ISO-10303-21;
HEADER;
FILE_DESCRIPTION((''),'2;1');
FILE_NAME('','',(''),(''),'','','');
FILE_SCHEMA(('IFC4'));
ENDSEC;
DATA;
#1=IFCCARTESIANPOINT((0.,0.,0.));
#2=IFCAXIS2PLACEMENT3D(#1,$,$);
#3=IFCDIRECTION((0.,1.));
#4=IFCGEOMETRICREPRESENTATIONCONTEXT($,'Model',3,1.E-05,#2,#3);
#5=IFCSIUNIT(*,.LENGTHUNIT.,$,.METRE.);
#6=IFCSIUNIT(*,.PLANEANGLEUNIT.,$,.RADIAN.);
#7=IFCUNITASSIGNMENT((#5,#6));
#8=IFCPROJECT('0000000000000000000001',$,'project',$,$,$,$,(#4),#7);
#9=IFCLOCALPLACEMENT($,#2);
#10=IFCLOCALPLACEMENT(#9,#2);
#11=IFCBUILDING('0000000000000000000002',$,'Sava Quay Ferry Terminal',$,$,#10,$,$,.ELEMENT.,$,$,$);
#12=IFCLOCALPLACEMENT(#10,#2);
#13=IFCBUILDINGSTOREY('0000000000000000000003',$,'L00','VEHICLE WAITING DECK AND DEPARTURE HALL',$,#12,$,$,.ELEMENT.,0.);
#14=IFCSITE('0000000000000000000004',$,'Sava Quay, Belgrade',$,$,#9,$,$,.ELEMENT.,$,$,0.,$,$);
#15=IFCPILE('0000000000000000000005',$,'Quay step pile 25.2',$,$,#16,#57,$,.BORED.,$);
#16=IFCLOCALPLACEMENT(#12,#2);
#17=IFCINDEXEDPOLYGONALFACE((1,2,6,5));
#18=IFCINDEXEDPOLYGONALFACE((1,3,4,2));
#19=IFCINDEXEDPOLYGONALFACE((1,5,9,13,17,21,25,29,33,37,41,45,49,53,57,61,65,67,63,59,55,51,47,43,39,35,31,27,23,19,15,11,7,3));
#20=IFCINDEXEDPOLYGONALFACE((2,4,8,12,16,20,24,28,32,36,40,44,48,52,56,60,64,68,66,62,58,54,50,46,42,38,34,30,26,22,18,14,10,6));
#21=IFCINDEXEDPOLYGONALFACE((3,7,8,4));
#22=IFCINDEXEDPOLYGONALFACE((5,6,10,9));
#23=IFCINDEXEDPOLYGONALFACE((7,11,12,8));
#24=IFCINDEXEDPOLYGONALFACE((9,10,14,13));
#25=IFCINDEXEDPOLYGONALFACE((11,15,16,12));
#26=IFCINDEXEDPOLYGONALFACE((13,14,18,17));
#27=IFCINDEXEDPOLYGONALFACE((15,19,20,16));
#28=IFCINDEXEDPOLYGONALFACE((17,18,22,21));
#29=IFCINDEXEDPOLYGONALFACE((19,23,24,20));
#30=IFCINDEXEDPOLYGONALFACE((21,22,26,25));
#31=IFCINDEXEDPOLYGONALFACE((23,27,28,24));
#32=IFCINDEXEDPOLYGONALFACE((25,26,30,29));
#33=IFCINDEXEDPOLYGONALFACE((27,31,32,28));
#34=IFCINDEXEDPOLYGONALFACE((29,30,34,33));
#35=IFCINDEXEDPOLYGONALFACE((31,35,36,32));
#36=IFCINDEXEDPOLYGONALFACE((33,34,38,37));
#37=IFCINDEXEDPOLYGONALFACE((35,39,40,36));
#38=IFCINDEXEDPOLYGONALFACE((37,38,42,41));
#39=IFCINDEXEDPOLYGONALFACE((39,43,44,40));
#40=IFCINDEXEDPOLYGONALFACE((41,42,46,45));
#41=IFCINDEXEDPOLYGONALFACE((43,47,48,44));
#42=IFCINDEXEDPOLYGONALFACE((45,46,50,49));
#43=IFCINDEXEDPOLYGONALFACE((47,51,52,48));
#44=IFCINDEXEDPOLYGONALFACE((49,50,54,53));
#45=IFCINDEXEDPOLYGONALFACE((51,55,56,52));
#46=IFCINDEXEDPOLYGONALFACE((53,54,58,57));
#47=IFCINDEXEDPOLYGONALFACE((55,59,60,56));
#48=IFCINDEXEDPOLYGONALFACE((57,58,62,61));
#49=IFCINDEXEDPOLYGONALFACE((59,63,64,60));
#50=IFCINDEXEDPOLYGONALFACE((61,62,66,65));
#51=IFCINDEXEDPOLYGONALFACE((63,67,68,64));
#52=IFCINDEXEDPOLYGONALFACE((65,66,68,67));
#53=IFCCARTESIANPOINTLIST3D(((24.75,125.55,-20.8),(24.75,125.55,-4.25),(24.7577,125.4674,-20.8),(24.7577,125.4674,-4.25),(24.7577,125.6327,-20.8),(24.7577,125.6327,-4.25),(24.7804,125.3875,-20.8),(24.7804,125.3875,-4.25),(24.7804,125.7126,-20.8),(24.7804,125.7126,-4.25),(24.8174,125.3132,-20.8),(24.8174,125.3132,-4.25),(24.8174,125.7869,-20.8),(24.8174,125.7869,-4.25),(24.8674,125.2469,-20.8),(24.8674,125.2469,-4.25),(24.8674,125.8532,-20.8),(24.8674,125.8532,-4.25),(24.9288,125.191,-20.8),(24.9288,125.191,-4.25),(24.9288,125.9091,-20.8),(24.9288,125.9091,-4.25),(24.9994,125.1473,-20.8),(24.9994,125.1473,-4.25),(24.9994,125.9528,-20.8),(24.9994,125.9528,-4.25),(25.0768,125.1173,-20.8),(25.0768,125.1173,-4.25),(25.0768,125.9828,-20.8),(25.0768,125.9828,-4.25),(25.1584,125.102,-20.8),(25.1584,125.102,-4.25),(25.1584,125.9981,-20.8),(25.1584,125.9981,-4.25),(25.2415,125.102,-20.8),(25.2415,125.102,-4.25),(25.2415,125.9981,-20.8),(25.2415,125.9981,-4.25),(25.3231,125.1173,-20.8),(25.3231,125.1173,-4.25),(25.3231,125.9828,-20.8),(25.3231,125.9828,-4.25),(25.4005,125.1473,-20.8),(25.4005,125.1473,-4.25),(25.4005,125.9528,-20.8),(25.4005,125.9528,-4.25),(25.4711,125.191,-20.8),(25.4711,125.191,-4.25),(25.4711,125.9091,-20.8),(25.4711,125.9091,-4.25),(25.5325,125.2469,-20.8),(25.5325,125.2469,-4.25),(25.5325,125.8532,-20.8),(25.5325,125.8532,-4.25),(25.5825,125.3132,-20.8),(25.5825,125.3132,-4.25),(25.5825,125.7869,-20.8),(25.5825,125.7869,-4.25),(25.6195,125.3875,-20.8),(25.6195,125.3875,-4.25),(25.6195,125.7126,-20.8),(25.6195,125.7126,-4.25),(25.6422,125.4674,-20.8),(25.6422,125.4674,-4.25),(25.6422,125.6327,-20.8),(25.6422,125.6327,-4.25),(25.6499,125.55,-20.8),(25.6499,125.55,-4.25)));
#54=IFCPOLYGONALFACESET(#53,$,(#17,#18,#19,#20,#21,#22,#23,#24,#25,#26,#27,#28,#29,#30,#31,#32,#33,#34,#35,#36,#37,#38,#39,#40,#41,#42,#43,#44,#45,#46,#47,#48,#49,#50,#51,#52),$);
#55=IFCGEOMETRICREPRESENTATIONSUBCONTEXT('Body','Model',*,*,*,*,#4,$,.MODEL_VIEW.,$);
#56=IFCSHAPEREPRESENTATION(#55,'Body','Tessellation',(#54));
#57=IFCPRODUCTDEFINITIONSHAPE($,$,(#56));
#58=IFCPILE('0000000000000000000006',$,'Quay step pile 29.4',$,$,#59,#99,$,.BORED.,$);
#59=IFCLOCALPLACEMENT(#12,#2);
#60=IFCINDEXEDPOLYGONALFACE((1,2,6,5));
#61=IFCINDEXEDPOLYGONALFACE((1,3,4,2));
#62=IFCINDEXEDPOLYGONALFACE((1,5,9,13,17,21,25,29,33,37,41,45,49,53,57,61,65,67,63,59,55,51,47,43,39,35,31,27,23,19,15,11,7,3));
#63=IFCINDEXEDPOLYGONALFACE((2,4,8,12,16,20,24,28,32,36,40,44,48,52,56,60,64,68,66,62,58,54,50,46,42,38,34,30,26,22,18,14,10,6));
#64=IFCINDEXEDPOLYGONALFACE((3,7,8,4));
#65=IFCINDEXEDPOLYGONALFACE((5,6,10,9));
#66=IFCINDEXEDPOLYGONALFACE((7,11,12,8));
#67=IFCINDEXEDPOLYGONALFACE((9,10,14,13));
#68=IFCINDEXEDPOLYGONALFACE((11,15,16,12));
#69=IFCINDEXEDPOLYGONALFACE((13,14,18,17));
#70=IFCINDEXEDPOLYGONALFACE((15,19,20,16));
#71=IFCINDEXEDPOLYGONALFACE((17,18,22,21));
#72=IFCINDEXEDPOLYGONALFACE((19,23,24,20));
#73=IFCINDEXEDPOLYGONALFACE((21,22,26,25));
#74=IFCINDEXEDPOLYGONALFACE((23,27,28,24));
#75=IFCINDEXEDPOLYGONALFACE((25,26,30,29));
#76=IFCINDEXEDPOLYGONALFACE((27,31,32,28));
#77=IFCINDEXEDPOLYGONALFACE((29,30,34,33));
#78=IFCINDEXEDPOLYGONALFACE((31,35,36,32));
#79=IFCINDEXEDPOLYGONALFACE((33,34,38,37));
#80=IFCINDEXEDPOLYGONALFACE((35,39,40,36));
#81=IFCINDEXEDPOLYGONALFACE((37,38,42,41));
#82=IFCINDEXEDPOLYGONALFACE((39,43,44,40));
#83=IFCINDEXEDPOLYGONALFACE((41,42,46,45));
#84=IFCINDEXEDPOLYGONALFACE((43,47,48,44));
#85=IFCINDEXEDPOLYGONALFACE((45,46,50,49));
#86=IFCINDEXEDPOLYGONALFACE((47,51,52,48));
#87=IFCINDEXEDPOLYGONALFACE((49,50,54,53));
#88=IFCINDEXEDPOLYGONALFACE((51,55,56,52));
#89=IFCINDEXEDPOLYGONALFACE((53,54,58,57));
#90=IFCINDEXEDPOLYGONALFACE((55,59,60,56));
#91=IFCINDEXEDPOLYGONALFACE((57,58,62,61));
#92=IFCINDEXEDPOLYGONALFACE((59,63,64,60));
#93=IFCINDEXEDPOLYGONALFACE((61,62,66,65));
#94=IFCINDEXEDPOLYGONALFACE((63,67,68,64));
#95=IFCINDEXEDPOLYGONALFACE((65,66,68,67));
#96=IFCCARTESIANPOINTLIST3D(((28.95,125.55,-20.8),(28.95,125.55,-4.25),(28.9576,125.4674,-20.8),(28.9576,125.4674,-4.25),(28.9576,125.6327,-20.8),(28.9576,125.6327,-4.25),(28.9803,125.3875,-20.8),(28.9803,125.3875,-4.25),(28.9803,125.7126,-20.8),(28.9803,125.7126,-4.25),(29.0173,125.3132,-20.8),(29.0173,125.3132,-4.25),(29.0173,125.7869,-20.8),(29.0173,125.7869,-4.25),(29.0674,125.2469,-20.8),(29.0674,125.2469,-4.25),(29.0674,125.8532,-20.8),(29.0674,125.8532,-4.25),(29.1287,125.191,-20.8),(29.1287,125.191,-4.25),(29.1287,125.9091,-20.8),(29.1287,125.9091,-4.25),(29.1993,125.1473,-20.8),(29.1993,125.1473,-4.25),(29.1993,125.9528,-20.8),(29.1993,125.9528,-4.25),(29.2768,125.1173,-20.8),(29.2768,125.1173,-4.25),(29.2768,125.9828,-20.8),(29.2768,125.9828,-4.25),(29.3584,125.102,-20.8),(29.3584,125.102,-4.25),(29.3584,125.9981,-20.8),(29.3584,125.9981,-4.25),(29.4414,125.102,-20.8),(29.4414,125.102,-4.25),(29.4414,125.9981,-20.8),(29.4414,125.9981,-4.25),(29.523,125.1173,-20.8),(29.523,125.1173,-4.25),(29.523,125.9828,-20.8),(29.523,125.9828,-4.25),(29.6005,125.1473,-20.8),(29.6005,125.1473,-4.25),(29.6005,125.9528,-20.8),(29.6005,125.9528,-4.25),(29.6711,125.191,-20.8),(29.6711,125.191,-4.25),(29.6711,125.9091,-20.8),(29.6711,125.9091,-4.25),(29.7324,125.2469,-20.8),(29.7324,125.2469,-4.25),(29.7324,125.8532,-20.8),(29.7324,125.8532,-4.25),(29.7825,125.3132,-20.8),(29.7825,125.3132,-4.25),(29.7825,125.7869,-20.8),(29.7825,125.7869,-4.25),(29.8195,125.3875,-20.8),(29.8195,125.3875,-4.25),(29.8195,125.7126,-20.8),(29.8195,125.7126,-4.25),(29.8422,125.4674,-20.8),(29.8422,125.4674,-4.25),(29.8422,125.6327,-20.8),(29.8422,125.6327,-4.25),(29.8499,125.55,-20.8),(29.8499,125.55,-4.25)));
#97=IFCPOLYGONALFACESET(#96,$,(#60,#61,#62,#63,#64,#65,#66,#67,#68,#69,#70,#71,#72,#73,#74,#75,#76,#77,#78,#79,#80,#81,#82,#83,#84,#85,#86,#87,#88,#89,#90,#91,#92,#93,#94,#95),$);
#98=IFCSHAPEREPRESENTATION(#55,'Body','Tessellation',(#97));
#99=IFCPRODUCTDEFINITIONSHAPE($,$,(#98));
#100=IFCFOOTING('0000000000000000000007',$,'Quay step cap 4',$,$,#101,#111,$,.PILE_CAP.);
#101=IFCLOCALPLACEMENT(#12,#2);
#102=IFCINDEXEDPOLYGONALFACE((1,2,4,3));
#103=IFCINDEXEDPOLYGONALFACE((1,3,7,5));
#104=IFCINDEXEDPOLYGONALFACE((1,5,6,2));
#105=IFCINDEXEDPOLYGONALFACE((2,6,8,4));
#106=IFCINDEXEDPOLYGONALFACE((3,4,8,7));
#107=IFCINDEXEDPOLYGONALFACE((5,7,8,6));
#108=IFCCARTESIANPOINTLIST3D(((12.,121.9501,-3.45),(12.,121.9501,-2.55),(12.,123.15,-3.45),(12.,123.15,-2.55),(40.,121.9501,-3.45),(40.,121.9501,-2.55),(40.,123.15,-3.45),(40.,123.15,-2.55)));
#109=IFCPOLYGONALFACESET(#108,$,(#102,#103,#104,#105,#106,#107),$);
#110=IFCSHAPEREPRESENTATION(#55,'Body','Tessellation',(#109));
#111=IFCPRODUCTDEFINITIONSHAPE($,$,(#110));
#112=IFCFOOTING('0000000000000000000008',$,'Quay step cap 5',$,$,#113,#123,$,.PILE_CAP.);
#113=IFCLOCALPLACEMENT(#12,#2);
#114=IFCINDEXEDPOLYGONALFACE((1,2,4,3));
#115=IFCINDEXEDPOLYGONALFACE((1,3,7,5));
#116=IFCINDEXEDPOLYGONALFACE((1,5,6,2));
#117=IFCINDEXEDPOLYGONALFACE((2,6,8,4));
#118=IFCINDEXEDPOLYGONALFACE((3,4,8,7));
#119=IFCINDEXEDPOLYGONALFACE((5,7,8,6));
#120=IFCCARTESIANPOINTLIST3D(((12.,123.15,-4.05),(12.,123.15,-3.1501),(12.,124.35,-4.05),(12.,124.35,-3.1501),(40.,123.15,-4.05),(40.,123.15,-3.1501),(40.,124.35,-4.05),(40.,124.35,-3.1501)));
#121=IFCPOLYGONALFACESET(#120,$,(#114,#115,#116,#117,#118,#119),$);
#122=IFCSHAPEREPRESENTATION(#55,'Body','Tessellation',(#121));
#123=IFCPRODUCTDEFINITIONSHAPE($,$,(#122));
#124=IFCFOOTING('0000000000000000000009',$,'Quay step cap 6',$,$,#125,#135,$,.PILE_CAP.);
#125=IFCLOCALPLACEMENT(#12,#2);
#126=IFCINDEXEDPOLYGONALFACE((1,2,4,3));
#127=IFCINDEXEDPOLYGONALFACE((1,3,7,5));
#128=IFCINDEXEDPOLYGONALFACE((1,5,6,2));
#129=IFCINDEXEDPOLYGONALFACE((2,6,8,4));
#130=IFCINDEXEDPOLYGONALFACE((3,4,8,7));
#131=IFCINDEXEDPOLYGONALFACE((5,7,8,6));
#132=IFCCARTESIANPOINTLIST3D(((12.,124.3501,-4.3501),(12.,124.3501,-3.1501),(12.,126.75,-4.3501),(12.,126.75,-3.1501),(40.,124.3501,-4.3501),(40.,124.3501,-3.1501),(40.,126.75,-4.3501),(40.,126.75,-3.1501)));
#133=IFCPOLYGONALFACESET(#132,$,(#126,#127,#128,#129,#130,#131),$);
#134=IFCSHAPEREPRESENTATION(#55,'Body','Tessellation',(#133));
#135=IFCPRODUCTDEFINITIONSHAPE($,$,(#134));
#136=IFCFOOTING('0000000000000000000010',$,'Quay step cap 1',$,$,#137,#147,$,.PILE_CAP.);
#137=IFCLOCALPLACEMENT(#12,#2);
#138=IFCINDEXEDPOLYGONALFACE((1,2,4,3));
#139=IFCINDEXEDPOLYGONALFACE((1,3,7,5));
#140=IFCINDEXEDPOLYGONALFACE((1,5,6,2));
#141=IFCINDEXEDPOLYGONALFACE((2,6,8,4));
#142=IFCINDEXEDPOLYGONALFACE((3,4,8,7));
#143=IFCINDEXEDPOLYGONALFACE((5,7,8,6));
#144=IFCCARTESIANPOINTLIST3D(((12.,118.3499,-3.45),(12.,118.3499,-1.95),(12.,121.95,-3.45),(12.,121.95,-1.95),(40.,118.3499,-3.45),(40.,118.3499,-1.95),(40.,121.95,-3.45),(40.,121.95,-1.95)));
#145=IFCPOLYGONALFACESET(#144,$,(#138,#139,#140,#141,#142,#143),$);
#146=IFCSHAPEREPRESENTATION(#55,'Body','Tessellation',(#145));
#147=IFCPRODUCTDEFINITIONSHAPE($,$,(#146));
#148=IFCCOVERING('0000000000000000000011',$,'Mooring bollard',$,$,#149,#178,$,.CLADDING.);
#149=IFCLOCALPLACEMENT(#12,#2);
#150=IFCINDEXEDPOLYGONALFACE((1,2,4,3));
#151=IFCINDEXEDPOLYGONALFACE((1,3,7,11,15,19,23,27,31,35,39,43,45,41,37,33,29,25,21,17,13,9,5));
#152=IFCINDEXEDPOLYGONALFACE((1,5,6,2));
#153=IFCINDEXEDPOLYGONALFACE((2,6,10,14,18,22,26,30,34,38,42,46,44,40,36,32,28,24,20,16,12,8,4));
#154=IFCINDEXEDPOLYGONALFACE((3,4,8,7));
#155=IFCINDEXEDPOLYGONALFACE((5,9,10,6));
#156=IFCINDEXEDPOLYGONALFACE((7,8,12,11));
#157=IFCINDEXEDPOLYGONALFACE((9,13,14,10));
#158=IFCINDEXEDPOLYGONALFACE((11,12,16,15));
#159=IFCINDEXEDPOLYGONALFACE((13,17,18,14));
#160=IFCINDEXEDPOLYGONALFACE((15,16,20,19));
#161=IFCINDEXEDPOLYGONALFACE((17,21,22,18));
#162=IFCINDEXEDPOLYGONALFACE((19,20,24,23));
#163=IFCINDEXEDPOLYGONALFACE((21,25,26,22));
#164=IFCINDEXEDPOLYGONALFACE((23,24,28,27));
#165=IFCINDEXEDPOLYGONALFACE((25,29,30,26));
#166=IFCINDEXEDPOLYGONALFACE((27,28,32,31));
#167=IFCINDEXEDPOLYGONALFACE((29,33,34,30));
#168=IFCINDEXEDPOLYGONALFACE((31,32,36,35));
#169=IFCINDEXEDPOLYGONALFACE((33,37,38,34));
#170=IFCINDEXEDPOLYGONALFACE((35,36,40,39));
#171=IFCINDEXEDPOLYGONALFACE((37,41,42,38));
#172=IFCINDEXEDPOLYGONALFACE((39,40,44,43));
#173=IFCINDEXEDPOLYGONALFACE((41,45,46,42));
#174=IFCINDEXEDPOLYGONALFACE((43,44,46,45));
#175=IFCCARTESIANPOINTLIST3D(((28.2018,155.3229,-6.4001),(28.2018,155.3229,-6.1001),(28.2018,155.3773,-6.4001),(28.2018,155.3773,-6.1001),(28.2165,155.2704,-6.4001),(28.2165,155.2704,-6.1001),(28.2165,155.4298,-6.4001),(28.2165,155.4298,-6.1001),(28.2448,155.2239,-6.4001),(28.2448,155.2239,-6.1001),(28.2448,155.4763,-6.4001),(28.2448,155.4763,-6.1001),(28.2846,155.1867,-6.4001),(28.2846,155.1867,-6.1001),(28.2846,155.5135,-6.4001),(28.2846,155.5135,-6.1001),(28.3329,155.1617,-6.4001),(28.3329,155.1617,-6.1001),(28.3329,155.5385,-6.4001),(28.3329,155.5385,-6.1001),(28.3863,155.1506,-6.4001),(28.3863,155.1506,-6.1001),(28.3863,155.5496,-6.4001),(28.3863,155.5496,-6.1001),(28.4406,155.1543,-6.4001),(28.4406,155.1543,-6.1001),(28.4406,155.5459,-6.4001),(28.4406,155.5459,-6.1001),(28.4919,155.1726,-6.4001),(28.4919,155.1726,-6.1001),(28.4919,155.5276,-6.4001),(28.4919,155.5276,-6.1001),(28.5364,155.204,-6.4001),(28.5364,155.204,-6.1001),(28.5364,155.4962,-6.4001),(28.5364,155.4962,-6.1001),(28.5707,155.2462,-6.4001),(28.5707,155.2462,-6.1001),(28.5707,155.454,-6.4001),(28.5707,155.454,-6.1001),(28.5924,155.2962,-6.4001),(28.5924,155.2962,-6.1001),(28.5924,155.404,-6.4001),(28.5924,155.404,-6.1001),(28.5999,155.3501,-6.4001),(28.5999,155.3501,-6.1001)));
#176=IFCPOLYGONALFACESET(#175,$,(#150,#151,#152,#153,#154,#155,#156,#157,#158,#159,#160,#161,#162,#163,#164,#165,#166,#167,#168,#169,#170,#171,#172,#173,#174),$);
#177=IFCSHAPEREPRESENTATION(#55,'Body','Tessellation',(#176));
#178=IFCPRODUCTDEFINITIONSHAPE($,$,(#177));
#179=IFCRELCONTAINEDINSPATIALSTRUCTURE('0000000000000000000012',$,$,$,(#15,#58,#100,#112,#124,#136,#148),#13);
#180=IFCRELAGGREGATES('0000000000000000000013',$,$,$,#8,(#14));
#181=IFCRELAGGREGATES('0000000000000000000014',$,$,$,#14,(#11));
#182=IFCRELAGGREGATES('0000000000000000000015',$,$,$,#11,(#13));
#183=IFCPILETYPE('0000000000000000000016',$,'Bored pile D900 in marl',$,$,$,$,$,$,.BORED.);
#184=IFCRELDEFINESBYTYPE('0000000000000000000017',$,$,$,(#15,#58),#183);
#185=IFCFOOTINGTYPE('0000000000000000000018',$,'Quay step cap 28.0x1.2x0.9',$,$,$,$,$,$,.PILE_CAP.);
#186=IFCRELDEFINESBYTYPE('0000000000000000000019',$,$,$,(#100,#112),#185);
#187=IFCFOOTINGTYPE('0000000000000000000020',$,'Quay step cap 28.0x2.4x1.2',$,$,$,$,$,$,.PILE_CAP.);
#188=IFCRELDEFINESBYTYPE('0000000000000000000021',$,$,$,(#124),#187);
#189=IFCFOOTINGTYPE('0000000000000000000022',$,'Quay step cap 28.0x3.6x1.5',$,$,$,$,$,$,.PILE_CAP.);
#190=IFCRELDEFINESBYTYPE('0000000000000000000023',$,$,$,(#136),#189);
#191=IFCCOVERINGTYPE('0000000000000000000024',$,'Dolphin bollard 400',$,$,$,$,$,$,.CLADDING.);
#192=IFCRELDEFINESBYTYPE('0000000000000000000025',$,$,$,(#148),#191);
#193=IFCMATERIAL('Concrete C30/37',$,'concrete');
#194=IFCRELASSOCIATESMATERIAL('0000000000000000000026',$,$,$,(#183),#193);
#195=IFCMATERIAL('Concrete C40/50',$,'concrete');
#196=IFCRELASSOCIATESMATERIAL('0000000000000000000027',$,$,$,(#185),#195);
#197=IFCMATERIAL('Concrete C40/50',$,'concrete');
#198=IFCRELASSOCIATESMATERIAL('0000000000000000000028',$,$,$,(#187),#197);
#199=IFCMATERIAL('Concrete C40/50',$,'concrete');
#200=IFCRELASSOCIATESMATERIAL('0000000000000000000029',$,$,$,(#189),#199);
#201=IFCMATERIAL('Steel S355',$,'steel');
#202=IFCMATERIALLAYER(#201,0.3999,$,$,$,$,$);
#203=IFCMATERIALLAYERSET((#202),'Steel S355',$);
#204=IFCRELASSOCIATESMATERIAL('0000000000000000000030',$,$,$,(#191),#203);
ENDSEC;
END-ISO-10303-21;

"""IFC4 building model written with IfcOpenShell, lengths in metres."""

from ifc_helpers import new_model, si_unit, direction, frame, origin, origin_2d, place, context, subcontext, project, spatial, rectangle, circle, extrude, material, layer, layer_set, material_profile, profile_set, type_object, element, save


model = new_model("IFC4")

# Units and contexts
model_context = context("Model", 3, precision=1e-05, world=origin(), true_north=direction((0.0, 1.0)))
body_context = subcontext(model_context, "Body", "Model", "MODEL_VIEW")
ifc_project = project(units=[si_unit("LENGTHUNIT", "METRE"), si_unit("PLANEANGLEUNIT", "RADIAN")], contexts=[model_context])

# Site, building, storey
site_placement = place(None, origin())
site = spatial("IfcSite", under=ifc_project, at=site_placement, Name="Sava Quay, Belgrade", CompositionType="ELEMENT", RefElevation=0.0)
building_placement = place(site_placement, origin())
building = spatial("IfcBuilding", under=site, at=building_placement, Name="Sava Quay Ferry Terminal", CompositionType="ELEMENT")
storey_placement = place(building_placement, origin())
storey = spatial("IfcBuildingStorey", under=building, at=storey_placement, Name="L00", Description="VEHICLE WAITING DECK AND DEPARTURE HALL", CompositionType="ELEMENT", Elevation=0.0)

# Piles
ifc_material_1 = material(Name="Concrete C30/37", Category="concrete")
ifc_material_profile = material_profile(ifc_material_1, circle(Radius=0.45, at=origin_2d()), Name="Bored pile D900 in marl")
ifc_profile_set = profile_set([ifc_material_profile], Name="Concrete C30/37")
pile_type = type_object("IfcPileType", Name="Bored pile D900 in marl", PredefinedType="BORED", material=ifc_profile_set)
for number, where, z_axis, x_axis, name in (
    (1, (25.2, 125.55, -4.25), (0.0, 0.0, -1.0), (1.0, 0.0, 0.0), "Quay step pile 25.2"),
    (2, (29.3999, 125.55, -4.25), (0.0, 0.0, -1.0), (1.0, 0.0, 0.0), "Quay step pile 29.4"),
):
    element("IfcPile", number, at=place(storey_placement, frame(where, z_axis=z_axis, x_axis=x_axis)), inside=storey, type_object=pile_type, Name=name, PredefinedType="BORED", context=body_context, shape_type="SweptSolid", body=[
        extrude(circle(Radius=0.45, at=origin_2d()), origin(), (0.0, 0.0, 1.0), 16.55),
    ])

# Footings
ifc_material_2 = material(Name="Concrete C40/50", Category="concrete")
footing_type_1 = type_object("IfcFootingType", Name="Quay step cap 28.0x1.2x0.9", PredefinedType="PILE_CAP", material=ifc_material_2)
for number, where, z_axis, x_axis, name in (
    (3, (26.0, 122.55, -3.45), (0.0, 0.0, 1.0), (1.0, 0.0, 0.0), "Quay step cap 4"),
    (4, (26.0, 123.75, -4.05), (0.0, 0.0, 1.0), (1.0, 0.0, 0.0), "Quay step cap 5"),
):
    element("IfcFooting", number, at=place(storey_placement, frame(where, z_axis=z_axis, x_axis=x_axis)), inside=storey, type_object=footing_type_1, Name=name, PredefinedType="PILE_CAP", context=body_context, shape_type="SweptSolid", body=[
        extrude(rectangle(XDim=28.0, YDim=1.2, at=origin_2d()), origin(), (0.0, 0.0, 1.0), 0.8999),
    ])
ifc_material_3 = material(Name="Concrete C40/50", Category="concrete")
footing_type_2 = type_object("IfcFootingType", Name="Quay step cap 28.0x2.4x1.2", PredefinedType="PILE_CAP", material=ifc_material_3)
footing_1_placement = place(storey_placement, frame((26.0, 125.55, -4.3501), z_axis=(0.0, 0.0, 1.0), x_axis=(1.0, 0.0, 0.0)))
element("IfcFooting", 5, at=footing_1_placement, inside=storey, type_object=footing_type_2, Name="Quay step cap 6", PredefinedType="PILE_CAP", context=body_context, shape_type="SweptSolid", body=[
    extrude(rectangle(XDim=28.0, YDim=2.3999, at=origin_2d()), origin(), (0.0, 0.0, 1.0), 1.2),
])
ifc_material_4 = material(Name="Concrete C40/50", Category="concrete")
footing_type_3 = type_object("IfcFootingType", Name="Quay step cap 28.0x3.6x1.5", PredefinedType="PILE_CAP", material=ifc_material_4)
footing_2_placement = place(storey_placement, frame((26.0, 120.1499, -3.45), z_axis=(0.0, 0.0, 1.0), x_axis=(1.0, 0.0, 0.0)))
element("IfcFooting", 6, at=footing_2_placement, inside=storey, type_object=footing_type_3, Name="Quay step cap 1", PredefinedType="PILE_CAP", context=body_context, shape_type="SweptSolid", body=[
    extrude(rectangle(XDim=28.0, YDim=3.6001, at=origin_2d()), origin(), (0.0, 0.0, 1.0), 1.5),
])

# Covering
ifc_material_5 = material(Name="Steel S355", Category="steel")
ifc_layer_1 = layer(ifc_material_5, 0.3999)
ifc_layer_set_1 = layer_set([ifc_layer_1], Name="Steel S355")
covering_type_1 = type_object("IfcCoveringType", Name="Dolphin bollard 400", PredefinedType="CLADDING", material=ifc_layer_set_1)
covering_1_placement = place(storey_placement, frame((28.3999, 155.3501, -6.1001), z_axis=(0.0, 0.0, -1.0), x_axis=(1.0, 0.0, 0.0)))
element("IfcCovering", 7, at=covering_1_placement, inside=storey, type_object=covering_type_1, Name="Mooring bollard", PredefinedType="CLADDING", context=body_context, shape_type="SweptSolid", body=[
    extrude(circle(Radius=0.2, at=origin_2d()), origin(), (0.0, 0.0, 1.0), 0.3),
])

save(model, "model.ifc")
